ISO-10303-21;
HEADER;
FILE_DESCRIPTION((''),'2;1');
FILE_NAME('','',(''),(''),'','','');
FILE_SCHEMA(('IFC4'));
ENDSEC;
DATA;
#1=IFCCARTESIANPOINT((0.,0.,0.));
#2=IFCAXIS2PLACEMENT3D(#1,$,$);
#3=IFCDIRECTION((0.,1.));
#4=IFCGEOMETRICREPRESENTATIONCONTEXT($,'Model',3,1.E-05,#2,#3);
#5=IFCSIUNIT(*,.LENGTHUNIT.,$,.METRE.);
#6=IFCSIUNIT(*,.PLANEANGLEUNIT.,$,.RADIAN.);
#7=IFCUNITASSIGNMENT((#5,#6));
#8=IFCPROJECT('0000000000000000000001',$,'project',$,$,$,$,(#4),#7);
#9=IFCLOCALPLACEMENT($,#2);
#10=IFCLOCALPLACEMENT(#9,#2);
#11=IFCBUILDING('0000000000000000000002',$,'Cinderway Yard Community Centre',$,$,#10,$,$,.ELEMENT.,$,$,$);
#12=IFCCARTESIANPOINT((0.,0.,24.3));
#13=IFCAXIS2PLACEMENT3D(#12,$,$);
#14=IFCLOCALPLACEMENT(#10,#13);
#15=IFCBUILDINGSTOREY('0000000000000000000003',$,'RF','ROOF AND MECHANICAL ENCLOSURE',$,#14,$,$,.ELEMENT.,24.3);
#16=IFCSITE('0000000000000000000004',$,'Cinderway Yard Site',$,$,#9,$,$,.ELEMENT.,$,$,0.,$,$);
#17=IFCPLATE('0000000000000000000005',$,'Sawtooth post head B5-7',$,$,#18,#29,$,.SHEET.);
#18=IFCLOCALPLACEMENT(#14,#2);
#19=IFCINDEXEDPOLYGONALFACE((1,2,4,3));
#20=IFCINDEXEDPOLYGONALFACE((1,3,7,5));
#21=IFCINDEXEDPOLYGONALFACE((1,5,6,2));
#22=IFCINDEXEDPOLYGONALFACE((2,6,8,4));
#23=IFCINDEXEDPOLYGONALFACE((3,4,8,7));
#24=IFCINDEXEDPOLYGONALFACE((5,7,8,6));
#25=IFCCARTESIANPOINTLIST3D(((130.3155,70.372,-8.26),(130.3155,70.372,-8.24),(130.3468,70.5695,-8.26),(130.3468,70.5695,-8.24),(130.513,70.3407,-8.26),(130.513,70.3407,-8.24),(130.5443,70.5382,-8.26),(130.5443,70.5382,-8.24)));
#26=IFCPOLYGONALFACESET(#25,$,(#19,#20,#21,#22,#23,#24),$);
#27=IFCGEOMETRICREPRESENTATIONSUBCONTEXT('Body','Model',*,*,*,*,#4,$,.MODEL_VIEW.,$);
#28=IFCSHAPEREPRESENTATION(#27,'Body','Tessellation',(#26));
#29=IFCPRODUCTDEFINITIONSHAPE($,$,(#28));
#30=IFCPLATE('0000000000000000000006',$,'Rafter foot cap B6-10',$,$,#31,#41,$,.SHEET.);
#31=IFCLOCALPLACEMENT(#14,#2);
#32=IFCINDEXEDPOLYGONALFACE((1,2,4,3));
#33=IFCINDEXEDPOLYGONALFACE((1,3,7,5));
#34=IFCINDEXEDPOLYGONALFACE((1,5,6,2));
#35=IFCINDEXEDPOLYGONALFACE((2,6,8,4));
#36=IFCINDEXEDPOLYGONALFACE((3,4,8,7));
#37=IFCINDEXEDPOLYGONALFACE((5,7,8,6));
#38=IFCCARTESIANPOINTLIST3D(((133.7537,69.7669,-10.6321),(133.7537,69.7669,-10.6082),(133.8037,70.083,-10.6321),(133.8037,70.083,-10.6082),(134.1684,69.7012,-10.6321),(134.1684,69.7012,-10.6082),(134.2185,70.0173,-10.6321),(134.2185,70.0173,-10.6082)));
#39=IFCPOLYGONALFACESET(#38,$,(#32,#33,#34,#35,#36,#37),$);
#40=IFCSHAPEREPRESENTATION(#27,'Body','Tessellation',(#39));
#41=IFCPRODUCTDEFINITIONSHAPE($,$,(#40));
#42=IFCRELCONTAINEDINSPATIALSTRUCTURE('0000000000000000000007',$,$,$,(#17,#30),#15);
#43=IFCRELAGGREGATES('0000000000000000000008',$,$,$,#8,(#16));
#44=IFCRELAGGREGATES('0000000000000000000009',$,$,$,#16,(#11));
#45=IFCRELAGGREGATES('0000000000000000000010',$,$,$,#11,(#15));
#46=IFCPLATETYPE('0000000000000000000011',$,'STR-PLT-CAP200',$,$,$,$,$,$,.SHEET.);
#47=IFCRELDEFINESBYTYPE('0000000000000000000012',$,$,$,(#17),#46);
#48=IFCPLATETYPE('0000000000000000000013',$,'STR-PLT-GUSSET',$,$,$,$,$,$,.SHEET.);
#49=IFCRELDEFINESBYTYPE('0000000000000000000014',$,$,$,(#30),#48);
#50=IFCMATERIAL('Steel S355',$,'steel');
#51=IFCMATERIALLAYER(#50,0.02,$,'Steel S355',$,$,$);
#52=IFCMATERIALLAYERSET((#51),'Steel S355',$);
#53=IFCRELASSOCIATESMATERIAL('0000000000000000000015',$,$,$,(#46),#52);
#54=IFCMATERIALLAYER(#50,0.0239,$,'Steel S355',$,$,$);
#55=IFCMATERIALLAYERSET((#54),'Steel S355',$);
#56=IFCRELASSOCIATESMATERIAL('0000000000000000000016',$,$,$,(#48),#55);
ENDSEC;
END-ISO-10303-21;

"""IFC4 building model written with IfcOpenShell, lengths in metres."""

from ifc_helpers import new_model, si_unit, direction, frame, origin, origin_2d, place, context, subcontext, project, spatial, rectangle, extrude, material, layer, layer_set, type_object, element, save


model = new_model("IFC4")

# Units and contexts
model_context = context("Model", 3, precision=1e-05, world=origin(), true_north=direction((0.0, 1.0)))
body_context = subcontext(model_context, "Body", "Model", "MODEL_VIEW")
ifc_project = project(units=[si_unit("LENGTHUNIT", "METRE"), si_unit("PLANEANGLEUNIT", "RADIAN")], contexts=[model_context])

# Site, building, storey
site_placement = place(None, origin())
site = spatial("IfcSite", under=ifc_project, at=site_placement, Name="Cinderway Yard Site", CompositionType="ELEMENT", RefElevation=0.0)
building_placement = place(site_placement, origin())
building = spatial("IfcBuilding", under=site, at=building_placement, Name="Cinderway Yard Community Centre", CompositionType="ELEMENT")
storey_placement = place(building_placement, frame((0.0, 0.0, 24.3)))
storey = spatial("IfcBuildingStorey", under=building, at=storey_placement, Name="RF", Description="ROOF AND MECHANICAL ENCLOSURE", CompositionType="ELEMENT", Elevation=24.3)

# Shared definitions
ifc_material_1 = material(Name="Steel S355", Category="steel")

# Plates
ifc_layer_1 = layer(ifc_material_1, 0.02, Name="Steel S355")
ifc_layer_set_1 = layer_set([ifc_layer_1], Name="Steel S355")
plate_type_1 = type_object("IfcPlateType", Name="STR-PLT-CAP200", PredefinedType="SHEET", material=ifc_layer_set_1)
for number, where, z_axis, x_axis, name in (
    (1, (130.4299, 70.4551, -8.26), (0.0, 0.0, 1.0), (0.987688, -0.156434, 0.0), "Sawtooth post head B5-7"),
):
    element("IfcPlate", number, at=place(storey_placement, frame(where, z_axis=z_axis, x_axis=x_axis)), inside=storey, type_object=plate_type_1, Name=name, PredefinedType="SHEET", context=body_context, shape_type="SweptSolid", body=[
        extrude(rectangle(XDim=0.2, YDim=0.2, at=origin_2d()), origin(), (0.0, 0.0, 1.0), 0.02),
    ])
ifc_layer_2 = layer(ifc_material_1, 0.0239, Name="Steel S355")
ifc_layer_set_2 = layer_set([ifc_layer_2], Name="Steel S355")
plate_type_2 = type_object("IfcPlateType", Name="STR-PLT-GUSSET", PredefinedType="SHEET", material=ifc_layer_set_2)
plate_1_placement = place(storey_placement, frame((133.9861, 69.8921, -10.6321), z_axis=(0.0, 0.0, 1.0), x_axis=(0.987688, -0.156434, 0.0)))
element("IfcPlate", 2, at=plate_1_placement, inside=storey, type_object=plate_type_2, Name="Rafter foot cap B6-10", PredefinedType="SHEET", context=body_context, shape_type="SweptSolid", body=[
    extrude(rectangle(XDim=0.4199, YDim=0.3201, at=origin_2d()), origin(), (0.0, 0.0, 1.0), 0.0239),
])

save(model, "model.ifc")
